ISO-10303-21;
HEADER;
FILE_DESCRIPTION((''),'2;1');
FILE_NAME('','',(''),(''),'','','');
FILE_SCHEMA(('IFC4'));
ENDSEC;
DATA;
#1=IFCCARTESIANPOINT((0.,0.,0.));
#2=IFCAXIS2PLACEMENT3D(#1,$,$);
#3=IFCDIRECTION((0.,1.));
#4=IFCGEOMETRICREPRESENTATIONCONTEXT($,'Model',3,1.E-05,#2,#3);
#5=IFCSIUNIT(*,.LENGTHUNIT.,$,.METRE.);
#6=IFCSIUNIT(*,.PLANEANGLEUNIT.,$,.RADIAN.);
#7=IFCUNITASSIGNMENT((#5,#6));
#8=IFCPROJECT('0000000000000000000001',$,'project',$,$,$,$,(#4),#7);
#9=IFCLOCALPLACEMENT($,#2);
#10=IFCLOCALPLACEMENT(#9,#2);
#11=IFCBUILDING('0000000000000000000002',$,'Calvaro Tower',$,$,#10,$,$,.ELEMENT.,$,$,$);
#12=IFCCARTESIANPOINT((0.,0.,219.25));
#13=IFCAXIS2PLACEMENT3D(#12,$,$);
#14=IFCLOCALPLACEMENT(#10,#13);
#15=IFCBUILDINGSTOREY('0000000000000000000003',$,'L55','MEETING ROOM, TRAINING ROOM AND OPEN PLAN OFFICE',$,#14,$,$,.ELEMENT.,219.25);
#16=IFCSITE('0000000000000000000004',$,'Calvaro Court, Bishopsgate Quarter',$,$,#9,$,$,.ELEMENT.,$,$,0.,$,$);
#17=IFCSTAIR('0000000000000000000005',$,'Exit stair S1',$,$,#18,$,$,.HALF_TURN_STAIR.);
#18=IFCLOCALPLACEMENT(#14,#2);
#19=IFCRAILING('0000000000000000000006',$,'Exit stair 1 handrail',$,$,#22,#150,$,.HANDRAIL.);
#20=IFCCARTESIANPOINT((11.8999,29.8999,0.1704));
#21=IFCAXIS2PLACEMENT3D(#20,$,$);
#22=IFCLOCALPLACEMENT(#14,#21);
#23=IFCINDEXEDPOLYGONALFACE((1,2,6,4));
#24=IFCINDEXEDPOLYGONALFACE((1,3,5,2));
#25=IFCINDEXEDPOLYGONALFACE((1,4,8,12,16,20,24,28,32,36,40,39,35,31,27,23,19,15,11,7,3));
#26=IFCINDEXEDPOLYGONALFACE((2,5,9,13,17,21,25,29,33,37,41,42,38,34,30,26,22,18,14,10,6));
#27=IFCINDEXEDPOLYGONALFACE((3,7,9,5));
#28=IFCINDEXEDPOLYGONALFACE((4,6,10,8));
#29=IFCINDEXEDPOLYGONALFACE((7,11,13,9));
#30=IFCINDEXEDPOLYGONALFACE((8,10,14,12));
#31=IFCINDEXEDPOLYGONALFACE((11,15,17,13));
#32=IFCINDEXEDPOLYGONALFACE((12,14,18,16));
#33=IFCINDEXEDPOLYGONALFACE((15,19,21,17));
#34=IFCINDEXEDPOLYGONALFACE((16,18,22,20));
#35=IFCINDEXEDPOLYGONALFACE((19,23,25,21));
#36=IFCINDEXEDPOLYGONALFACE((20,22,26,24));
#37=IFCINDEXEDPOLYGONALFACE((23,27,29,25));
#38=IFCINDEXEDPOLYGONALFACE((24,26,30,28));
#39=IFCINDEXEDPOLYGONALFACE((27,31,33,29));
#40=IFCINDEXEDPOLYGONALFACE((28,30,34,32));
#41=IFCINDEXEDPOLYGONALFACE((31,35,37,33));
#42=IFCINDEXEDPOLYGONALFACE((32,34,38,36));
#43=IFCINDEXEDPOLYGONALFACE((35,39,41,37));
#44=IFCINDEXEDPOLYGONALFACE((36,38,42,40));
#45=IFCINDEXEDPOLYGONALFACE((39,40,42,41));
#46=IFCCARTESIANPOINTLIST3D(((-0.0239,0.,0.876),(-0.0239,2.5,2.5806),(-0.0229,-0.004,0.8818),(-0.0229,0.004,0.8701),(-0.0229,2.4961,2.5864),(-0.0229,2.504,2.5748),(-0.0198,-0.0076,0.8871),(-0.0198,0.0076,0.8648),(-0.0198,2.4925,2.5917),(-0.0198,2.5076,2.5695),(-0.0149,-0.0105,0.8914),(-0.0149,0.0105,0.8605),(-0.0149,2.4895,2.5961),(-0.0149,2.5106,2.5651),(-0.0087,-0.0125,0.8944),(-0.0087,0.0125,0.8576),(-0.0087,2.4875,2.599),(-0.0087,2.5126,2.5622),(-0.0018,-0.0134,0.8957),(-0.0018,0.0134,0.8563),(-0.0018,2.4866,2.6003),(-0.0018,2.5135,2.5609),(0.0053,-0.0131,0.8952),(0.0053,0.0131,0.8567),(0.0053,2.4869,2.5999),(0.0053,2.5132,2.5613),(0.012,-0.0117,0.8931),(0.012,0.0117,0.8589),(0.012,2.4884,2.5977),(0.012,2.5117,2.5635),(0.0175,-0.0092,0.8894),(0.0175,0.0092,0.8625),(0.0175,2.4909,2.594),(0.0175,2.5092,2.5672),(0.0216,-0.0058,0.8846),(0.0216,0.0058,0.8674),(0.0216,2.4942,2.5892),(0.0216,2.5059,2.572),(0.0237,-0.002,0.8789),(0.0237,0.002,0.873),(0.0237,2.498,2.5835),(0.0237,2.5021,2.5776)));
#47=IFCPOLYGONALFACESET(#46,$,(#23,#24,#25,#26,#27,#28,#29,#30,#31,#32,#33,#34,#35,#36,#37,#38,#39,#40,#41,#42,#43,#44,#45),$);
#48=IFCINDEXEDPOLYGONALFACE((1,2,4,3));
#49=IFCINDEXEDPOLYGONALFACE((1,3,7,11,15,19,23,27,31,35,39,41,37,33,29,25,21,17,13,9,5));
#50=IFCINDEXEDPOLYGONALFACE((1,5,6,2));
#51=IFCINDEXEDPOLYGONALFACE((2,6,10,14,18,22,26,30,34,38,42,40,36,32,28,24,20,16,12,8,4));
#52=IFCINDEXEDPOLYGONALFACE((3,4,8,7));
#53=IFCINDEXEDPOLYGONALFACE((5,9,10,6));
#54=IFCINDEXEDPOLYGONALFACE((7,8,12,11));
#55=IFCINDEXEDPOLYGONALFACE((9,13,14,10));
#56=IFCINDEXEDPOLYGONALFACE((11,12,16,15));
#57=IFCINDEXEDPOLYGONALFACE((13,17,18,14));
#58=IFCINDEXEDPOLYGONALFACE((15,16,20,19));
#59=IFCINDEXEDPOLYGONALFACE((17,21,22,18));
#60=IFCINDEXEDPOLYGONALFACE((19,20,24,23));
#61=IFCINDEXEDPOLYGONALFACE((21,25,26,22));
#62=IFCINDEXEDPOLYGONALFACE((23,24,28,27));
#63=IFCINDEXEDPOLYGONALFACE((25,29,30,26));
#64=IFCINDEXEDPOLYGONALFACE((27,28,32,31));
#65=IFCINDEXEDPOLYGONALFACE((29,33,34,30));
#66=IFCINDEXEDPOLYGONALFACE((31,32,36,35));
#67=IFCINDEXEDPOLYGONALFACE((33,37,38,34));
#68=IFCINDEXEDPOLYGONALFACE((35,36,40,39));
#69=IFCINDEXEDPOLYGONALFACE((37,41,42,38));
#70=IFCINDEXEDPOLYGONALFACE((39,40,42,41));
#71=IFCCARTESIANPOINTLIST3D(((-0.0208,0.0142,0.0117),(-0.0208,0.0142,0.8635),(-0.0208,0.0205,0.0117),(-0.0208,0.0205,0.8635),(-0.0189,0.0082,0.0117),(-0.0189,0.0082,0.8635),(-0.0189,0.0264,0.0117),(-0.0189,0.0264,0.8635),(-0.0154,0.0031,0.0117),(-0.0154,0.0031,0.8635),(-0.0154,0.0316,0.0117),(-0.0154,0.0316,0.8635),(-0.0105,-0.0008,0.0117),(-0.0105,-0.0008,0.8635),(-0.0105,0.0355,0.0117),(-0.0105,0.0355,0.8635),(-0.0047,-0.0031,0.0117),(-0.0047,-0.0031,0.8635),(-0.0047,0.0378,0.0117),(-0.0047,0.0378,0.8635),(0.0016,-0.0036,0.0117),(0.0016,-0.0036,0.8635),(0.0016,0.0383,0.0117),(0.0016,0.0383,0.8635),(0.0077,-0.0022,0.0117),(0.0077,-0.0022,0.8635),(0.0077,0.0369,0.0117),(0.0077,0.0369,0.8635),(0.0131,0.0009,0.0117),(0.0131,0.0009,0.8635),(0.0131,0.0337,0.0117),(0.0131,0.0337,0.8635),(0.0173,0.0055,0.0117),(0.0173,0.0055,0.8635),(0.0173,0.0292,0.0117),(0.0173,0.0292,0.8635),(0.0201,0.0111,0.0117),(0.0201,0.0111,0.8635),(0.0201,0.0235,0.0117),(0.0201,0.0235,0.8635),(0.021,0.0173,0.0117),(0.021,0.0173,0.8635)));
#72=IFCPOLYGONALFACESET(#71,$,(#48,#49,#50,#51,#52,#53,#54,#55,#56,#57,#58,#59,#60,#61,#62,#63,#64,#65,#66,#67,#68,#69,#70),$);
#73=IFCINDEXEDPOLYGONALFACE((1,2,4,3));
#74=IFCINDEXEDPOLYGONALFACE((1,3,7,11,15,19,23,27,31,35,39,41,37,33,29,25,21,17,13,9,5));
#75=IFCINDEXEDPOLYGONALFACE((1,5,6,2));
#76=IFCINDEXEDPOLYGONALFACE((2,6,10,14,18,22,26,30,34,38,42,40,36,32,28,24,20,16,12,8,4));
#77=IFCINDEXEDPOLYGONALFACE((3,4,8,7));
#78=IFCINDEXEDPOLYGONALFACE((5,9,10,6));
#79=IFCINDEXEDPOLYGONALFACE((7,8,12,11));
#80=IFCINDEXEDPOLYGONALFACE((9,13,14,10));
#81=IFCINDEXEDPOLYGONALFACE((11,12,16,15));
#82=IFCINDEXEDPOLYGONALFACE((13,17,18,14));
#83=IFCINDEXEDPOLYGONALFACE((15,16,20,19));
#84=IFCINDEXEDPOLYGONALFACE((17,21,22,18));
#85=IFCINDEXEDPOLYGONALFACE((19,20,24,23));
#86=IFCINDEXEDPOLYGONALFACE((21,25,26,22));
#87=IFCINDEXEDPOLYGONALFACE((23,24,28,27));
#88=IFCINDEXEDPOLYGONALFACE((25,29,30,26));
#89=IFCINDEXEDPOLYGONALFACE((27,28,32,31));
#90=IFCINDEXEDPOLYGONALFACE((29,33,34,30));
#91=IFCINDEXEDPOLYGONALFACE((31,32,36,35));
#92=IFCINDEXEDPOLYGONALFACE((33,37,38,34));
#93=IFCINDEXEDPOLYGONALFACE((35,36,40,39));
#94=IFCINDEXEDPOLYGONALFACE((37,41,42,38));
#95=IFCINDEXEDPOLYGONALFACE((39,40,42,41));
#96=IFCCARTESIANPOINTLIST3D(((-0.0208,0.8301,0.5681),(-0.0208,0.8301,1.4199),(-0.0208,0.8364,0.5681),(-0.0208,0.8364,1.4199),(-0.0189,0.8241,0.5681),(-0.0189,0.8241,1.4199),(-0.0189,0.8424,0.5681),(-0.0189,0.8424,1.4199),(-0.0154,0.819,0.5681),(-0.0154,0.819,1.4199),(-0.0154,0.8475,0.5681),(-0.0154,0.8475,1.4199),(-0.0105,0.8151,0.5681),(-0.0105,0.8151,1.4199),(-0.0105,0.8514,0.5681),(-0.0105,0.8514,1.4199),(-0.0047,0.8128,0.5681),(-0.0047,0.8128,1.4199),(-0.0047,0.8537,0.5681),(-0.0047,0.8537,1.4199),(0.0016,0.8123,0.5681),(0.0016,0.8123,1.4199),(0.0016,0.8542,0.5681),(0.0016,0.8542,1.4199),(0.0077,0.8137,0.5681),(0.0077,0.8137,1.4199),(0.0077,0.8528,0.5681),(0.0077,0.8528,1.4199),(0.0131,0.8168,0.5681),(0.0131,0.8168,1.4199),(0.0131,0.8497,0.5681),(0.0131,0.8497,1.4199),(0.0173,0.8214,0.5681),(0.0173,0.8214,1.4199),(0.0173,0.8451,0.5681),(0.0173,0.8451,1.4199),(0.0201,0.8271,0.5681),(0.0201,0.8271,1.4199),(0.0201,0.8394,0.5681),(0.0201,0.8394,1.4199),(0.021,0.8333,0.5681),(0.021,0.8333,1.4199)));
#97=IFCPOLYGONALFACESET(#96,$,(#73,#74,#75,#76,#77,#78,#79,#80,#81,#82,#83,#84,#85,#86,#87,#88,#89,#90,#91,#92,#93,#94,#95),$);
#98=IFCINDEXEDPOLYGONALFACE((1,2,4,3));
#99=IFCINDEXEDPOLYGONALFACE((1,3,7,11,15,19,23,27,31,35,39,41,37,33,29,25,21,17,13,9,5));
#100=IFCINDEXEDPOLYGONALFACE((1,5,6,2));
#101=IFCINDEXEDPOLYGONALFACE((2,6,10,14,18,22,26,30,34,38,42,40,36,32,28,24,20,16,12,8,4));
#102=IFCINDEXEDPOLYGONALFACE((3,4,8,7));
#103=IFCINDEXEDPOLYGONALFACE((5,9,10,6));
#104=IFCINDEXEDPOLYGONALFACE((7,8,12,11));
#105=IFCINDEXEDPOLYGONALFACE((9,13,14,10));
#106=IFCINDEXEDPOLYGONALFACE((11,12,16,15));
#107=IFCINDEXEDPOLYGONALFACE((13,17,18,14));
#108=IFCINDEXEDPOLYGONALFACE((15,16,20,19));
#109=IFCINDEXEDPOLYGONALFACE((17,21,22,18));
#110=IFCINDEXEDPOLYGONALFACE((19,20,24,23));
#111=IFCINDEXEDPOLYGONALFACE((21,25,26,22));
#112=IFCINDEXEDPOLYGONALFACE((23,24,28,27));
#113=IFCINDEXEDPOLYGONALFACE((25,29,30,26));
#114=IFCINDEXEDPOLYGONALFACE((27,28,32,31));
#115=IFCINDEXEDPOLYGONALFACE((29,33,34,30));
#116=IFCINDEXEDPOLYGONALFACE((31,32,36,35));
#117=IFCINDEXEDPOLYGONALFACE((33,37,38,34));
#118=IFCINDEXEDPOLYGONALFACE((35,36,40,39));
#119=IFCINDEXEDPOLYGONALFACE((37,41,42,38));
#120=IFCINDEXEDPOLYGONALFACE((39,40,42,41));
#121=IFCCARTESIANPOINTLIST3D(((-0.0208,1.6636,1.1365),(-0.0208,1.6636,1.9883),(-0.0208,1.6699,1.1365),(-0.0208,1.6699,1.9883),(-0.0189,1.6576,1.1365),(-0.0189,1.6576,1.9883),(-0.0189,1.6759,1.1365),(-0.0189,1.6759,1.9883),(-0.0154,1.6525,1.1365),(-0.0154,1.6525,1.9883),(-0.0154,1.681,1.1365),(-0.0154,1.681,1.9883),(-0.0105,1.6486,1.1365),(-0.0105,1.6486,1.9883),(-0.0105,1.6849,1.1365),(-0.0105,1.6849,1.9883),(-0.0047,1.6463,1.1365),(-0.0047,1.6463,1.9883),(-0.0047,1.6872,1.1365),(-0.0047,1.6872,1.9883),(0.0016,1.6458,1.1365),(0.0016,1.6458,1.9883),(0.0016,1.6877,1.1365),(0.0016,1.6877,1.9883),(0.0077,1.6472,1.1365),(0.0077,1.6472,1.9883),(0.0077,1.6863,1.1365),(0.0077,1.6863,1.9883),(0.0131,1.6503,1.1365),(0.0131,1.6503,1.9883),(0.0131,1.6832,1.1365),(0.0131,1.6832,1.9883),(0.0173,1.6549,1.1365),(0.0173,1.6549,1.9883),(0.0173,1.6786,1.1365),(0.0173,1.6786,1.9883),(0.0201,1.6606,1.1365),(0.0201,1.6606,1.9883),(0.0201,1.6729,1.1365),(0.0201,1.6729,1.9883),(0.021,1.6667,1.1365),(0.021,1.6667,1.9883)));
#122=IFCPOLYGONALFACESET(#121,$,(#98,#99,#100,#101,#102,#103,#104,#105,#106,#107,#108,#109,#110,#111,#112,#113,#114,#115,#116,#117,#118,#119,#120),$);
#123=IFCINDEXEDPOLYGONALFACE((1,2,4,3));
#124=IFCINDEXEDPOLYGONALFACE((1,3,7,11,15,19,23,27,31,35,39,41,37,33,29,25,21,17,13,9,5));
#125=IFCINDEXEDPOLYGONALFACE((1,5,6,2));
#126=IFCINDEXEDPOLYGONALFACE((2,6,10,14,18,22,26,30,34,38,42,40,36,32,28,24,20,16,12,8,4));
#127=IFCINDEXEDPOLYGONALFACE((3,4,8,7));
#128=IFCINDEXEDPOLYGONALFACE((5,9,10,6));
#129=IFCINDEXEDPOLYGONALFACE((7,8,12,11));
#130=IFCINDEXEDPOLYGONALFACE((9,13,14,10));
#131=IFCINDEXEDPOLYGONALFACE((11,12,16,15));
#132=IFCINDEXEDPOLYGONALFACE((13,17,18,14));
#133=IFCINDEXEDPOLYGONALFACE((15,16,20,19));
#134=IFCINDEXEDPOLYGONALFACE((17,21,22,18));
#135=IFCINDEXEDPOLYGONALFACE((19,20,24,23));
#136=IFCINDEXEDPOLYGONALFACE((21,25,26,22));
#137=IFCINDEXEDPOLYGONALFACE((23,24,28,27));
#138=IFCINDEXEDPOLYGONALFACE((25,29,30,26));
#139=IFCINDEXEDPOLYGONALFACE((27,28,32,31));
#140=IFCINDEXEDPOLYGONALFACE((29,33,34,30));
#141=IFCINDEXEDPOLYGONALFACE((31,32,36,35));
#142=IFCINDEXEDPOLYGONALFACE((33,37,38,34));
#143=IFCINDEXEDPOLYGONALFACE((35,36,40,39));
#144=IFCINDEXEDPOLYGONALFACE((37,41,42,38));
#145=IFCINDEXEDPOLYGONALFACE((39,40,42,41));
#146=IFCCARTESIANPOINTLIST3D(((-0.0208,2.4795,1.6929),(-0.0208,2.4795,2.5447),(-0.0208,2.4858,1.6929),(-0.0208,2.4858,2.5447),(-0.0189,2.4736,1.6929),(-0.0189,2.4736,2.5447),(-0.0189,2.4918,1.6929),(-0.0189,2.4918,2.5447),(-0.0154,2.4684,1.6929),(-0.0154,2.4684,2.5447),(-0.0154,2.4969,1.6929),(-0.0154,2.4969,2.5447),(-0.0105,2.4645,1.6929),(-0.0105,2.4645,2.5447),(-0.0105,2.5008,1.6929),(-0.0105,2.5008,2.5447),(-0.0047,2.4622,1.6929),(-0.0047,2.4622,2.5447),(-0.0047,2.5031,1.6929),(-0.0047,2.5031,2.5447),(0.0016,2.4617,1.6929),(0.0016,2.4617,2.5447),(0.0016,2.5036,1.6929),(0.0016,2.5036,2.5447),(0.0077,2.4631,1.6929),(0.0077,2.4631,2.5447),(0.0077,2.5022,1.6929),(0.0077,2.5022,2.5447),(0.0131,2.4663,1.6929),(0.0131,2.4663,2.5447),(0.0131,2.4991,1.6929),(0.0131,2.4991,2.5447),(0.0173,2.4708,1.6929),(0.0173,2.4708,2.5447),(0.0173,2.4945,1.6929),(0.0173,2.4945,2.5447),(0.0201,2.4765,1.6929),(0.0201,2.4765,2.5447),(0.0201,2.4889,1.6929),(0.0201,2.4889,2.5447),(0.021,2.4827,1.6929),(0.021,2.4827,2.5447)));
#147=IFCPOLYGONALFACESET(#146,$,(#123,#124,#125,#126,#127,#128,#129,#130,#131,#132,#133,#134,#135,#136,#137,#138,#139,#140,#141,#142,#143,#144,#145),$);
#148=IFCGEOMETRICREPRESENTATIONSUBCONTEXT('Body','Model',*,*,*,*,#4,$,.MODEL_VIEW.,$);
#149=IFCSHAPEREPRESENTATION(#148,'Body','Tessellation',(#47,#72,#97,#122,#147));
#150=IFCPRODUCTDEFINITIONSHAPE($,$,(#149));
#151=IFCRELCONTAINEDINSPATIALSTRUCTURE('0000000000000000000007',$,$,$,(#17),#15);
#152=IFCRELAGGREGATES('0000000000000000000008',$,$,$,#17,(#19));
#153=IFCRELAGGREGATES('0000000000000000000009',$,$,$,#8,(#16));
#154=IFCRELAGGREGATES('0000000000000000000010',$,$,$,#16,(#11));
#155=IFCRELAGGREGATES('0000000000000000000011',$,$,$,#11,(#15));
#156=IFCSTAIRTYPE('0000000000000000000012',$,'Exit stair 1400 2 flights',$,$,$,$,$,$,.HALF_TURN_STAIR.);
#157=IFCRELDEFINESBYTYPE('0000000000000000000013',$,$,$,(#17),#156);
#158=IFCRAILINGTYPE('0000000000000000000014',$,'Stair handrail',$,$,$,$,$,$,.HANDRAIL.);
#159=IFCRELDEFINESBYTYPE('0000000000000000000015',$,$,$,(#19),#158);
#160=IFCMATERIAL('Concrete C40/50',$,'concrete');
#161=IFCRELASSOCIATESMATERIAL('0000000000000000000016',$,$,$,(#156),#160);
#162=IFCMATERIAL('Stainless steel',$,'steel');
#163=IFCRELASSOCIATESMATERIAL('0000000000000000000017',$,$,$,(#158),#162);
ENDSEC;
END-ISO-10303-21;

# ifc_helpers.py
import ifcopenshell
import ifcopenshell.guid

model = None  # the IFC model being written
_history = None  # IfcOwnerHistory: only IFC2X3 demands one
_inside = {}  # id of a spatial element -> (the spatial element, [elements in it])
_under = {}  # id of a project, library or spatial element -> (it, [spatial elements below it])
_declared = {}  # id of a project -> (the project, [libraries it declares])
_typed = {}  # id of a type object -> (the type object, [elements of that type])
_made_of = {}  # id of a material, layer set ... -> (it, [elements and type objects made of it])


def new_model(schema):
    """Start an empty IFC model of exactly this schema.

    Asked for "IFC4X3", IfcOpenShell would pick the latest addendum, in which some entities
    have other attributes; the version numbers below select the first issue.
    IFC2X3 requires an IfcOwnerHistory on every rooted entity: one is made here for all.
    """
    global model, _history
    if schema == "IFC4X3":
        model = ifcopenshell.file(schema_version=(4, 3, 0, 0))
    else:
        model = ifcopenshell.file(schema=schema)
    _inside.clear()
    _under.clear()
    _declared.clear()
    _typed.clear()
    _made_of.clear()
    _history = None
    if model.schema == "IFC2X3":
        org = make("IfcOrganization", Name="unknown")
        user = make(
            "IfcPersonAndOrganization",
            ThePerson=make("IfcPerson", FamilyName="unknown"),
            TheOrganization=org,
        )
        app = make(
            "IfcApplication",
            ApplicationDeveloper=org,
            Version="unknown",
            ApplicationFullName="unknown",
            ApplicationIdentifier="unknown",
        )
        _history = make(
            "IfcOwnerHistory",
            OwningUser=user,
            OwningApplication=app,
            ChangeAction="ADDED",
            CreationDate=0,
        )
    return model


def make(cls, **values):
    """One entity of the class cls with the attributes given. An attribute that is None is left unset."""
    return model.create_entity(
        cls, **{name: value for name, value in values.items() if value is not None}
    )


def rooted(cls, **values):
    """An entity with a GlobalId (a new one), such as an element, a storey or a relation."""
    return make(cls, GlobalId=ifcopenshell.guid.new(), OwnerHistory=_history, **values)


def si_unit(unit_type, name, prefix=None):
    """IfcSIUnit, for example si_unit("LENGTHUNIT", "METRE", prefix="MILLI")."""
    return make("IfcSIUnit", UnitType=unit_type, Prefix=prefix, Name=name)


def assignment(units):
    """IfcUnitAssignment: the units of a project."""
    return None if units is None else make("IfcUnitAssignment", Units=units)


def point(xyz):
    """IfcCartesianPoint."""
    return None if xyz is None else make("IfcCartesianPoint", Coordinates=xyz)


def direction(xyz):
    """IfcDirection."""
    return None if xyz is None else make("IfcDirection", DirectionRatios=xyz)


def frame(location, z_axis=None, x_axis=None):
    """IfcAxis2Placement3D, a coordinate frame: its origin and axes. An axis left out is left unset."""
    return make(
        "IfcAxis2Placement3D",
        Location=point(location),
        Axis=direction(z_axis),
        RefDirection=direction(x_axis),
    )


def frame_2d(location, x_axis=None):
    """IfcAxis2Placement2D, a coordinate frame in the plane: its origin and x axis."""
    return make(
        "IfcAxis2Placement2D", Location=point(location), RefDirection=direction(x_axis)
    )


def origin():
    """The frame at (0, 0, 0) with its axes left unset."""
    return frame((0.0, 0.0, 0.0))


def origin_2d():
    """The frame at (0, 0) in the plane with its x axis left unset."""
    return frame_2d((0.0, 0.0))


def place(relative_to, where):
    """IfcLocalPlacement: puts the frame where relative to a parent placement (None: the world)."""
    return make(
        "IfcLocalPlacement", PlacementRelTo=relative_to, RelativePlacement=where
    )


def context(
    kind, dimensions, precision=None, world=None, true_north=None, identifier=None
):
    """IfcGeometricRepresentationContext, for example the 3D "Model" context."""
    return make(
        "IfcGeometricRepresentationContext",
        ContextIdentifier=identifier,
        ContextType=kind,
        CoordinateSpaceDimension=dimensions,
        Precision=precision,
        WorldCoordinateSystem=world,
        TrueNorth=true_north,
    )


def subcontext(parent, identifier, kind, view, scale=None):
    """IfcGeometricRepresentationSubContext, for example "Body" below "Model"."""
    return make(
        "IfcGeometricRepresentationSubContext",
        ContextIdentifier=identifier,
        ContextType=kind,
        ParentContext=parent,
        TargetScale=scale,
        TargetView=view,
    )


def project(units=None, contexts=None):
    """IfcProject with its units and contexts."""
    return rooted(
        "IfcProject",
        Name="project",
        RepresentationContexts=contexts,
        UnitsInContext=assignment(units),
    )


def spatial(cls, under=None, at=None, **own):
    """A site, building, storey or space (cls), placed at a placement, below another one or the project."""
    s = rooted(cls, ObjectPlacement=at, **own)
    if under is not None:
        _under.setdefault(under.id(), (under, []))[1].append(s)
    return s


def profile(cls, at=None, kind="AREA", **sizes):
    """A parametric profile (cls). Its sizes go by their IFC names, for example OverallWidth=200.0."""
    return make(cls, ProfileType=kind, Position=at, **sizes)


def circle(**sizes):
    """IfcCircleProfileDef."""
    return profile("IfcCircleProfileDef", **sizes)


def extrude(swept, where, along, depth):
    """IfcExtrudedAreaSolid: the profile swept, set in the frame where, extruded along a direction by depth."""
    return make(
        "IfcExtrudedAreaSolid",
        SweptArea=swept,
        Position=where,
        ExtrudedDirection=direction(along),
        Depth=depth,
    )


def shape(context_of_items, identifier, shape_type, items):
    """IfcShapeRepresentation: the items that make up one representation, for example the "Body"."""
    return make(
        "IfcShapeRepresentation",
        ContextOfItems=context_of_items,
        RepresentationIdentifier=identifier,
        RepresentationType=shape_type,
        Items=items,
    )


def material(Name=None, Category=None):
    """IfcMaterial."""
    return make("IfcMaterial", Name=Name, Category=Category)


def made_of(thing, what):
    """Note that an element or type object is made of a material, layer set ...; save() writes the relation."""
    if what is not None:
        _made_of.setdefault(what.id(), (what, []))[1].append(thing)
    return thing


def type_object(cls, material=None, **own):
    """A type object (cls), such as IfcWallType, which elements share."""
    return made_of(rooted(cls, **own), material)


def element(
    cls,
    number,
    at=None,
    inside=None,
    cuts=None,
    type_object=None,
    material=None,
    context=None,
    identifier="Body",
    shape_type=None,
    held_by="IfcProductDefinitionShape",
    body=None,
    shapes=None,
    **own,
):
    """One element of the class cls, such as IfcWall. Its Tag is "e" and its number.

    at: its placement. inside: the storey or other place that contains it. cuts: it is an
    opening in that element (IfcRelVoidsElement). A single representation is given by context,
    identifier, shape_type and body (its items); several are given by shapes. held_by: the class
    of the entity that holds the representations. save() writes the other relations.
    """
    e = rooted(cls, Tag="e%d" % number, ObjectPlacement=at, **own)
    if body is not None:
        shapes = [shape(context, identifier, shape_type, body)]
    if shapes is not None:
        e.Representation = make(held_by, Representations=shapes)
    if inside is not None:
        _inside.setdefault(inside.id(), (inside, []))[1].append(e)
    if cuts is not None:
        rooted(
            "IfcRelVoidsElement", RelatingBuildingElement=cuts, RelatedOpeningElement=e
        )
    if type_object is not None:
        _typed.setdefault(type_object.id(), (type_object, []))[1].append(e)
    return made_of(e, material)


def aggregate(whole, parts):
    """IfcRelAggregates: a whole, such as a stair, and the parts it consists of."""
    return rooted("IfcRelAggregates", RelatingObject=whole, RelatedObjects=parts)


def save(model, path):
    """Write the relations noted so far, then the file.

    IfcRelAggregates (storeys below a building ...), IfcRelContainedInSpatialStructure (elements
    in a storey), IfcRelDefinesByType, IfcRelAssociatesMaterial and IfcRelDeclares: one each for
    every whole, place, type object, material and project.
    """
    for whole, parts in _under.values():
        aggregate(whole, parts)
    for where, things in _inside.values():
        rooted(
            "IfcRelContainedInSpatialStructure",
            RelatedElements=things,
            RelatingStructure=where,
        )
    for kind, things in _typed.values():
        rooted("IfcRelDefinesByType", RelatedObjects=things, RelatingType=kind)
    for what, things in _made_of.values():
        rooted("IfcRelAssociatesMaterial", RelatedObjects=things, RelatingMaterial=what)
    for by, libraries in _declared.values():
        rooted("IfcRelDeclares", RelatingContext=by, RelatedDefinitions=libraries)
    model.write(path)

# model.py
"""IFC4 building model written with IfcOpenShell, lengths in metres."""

from ifc_helpers import new_model, si_unit, direction, frame, origin, origin_2d, place, context, subcontext, project, spatial, circle, extrude, material, type_object, element, aggregate, save


model = new_model("IFC4")

# Units and contexts
model_context = context("Model", 3, precision=1e-05, world=origin(), true_north=direction((0.0, 1.0)))
body_context = subcontext(model_context, "Body", "Model", "MODEL_VIEW")
ifc_project = project(units=[si_unit("LENGTHUNIT", "METRE"), si_unit("PLANEANGLEUNIT", "RADIAN")], contexts=[model_context])

# Site, building, storey
site_placement = place(None, origin())
site = spatial("IfcSite", under=ifc_project, at=site_placement, Name="Calvaro Court, Bishopsgate Quarter", CompositionType="ELEMENT", RefElevation=0.0)
building_placement = place(site_placement, origin())
building = spatial("IfcBuilding", under=site, at=building_placement, Name="Calvaro Tower", CompositionType="ELEMENT")
storey_placement = place(building_placement, frame((0.0, 0.0, 219.25)))
storey = spatial("IfcBuildingStorey", under=building, at=storey_placement, Name="L55", Description="MEETING ROOM, TRAINING ROOM AND OPEN PLAN OFFICE", CompositionType="ELEMENT", Elevation=219.25)

# Stair, railing
ifc_material_1 = material(Name="Concrete C40/50", Category="concrete")
stair_type = type_object("IfcStairType", Name="Exit stair 1400 2 flights", PredefinedType="HALF_TURN_STAIR", material=ifc_material_1)
stair_placement = place(storey_placement, origin())
stair = element("IfcStair", 1, at=stair_placement, inside=storey, type_object=stair_type, Name="Exit stair S1", PredefinedType="HALF_TURN_STAIR")
ifc_material_2 = material(Name="Stainless steel", Category="steel")
railing_type = type_object("IfcRailingType", Name="Stair handrail", PredefinedType="HANDRAIL", material=ifc_material_2)
railing_1_placement = place(storey_placement, frame((11.8999, 29.8999, 0.1704)))
railing_1 = element("IfcRailing", 2, at=railing_1_placement, type_object=railing_type, Name="Exit stair 1 handrail", PredefinedType="HANDRAIL", context=body_context, shape_type="SweptSolid", body=[
    extrude(circle(Radius=0.0239, at=origin_2d()), frame((0.0, 0.0, 0.876), z_axis=(0.0, 0.826221, 0.563347), x_axis=(-1.0, 0.0, 0.0)), (0.0, 0.0, 1.0), 3.0259),
    extrude(circle(Radius=0.021, at=origin_2d()), frame((0.0, 0.0173, 0.0117)), (0.0, 0.0, 1.0), 0.8518),
    extrude(circle(Radius=0.021, at=origin_2d()), frame((0.0, 0.8333, 0.5681)), (0.0, 0.0, 1.0), 0.8518),
    extrude(circle(Radius=0.021, at=origin_2d()), frame((0.0, 1.6667, 1.1365)), (0.0, 0.0, 1.0), 0.8518),
    extrude(circle(Radius=0.021, at=origin_2d()), frame((0.0, 2.4827, 1.6929)), (0.0, 0.0, 1.0), 0.8518),
])
aggregate(stair, [railing_1])

save(model, "model.ifc")
